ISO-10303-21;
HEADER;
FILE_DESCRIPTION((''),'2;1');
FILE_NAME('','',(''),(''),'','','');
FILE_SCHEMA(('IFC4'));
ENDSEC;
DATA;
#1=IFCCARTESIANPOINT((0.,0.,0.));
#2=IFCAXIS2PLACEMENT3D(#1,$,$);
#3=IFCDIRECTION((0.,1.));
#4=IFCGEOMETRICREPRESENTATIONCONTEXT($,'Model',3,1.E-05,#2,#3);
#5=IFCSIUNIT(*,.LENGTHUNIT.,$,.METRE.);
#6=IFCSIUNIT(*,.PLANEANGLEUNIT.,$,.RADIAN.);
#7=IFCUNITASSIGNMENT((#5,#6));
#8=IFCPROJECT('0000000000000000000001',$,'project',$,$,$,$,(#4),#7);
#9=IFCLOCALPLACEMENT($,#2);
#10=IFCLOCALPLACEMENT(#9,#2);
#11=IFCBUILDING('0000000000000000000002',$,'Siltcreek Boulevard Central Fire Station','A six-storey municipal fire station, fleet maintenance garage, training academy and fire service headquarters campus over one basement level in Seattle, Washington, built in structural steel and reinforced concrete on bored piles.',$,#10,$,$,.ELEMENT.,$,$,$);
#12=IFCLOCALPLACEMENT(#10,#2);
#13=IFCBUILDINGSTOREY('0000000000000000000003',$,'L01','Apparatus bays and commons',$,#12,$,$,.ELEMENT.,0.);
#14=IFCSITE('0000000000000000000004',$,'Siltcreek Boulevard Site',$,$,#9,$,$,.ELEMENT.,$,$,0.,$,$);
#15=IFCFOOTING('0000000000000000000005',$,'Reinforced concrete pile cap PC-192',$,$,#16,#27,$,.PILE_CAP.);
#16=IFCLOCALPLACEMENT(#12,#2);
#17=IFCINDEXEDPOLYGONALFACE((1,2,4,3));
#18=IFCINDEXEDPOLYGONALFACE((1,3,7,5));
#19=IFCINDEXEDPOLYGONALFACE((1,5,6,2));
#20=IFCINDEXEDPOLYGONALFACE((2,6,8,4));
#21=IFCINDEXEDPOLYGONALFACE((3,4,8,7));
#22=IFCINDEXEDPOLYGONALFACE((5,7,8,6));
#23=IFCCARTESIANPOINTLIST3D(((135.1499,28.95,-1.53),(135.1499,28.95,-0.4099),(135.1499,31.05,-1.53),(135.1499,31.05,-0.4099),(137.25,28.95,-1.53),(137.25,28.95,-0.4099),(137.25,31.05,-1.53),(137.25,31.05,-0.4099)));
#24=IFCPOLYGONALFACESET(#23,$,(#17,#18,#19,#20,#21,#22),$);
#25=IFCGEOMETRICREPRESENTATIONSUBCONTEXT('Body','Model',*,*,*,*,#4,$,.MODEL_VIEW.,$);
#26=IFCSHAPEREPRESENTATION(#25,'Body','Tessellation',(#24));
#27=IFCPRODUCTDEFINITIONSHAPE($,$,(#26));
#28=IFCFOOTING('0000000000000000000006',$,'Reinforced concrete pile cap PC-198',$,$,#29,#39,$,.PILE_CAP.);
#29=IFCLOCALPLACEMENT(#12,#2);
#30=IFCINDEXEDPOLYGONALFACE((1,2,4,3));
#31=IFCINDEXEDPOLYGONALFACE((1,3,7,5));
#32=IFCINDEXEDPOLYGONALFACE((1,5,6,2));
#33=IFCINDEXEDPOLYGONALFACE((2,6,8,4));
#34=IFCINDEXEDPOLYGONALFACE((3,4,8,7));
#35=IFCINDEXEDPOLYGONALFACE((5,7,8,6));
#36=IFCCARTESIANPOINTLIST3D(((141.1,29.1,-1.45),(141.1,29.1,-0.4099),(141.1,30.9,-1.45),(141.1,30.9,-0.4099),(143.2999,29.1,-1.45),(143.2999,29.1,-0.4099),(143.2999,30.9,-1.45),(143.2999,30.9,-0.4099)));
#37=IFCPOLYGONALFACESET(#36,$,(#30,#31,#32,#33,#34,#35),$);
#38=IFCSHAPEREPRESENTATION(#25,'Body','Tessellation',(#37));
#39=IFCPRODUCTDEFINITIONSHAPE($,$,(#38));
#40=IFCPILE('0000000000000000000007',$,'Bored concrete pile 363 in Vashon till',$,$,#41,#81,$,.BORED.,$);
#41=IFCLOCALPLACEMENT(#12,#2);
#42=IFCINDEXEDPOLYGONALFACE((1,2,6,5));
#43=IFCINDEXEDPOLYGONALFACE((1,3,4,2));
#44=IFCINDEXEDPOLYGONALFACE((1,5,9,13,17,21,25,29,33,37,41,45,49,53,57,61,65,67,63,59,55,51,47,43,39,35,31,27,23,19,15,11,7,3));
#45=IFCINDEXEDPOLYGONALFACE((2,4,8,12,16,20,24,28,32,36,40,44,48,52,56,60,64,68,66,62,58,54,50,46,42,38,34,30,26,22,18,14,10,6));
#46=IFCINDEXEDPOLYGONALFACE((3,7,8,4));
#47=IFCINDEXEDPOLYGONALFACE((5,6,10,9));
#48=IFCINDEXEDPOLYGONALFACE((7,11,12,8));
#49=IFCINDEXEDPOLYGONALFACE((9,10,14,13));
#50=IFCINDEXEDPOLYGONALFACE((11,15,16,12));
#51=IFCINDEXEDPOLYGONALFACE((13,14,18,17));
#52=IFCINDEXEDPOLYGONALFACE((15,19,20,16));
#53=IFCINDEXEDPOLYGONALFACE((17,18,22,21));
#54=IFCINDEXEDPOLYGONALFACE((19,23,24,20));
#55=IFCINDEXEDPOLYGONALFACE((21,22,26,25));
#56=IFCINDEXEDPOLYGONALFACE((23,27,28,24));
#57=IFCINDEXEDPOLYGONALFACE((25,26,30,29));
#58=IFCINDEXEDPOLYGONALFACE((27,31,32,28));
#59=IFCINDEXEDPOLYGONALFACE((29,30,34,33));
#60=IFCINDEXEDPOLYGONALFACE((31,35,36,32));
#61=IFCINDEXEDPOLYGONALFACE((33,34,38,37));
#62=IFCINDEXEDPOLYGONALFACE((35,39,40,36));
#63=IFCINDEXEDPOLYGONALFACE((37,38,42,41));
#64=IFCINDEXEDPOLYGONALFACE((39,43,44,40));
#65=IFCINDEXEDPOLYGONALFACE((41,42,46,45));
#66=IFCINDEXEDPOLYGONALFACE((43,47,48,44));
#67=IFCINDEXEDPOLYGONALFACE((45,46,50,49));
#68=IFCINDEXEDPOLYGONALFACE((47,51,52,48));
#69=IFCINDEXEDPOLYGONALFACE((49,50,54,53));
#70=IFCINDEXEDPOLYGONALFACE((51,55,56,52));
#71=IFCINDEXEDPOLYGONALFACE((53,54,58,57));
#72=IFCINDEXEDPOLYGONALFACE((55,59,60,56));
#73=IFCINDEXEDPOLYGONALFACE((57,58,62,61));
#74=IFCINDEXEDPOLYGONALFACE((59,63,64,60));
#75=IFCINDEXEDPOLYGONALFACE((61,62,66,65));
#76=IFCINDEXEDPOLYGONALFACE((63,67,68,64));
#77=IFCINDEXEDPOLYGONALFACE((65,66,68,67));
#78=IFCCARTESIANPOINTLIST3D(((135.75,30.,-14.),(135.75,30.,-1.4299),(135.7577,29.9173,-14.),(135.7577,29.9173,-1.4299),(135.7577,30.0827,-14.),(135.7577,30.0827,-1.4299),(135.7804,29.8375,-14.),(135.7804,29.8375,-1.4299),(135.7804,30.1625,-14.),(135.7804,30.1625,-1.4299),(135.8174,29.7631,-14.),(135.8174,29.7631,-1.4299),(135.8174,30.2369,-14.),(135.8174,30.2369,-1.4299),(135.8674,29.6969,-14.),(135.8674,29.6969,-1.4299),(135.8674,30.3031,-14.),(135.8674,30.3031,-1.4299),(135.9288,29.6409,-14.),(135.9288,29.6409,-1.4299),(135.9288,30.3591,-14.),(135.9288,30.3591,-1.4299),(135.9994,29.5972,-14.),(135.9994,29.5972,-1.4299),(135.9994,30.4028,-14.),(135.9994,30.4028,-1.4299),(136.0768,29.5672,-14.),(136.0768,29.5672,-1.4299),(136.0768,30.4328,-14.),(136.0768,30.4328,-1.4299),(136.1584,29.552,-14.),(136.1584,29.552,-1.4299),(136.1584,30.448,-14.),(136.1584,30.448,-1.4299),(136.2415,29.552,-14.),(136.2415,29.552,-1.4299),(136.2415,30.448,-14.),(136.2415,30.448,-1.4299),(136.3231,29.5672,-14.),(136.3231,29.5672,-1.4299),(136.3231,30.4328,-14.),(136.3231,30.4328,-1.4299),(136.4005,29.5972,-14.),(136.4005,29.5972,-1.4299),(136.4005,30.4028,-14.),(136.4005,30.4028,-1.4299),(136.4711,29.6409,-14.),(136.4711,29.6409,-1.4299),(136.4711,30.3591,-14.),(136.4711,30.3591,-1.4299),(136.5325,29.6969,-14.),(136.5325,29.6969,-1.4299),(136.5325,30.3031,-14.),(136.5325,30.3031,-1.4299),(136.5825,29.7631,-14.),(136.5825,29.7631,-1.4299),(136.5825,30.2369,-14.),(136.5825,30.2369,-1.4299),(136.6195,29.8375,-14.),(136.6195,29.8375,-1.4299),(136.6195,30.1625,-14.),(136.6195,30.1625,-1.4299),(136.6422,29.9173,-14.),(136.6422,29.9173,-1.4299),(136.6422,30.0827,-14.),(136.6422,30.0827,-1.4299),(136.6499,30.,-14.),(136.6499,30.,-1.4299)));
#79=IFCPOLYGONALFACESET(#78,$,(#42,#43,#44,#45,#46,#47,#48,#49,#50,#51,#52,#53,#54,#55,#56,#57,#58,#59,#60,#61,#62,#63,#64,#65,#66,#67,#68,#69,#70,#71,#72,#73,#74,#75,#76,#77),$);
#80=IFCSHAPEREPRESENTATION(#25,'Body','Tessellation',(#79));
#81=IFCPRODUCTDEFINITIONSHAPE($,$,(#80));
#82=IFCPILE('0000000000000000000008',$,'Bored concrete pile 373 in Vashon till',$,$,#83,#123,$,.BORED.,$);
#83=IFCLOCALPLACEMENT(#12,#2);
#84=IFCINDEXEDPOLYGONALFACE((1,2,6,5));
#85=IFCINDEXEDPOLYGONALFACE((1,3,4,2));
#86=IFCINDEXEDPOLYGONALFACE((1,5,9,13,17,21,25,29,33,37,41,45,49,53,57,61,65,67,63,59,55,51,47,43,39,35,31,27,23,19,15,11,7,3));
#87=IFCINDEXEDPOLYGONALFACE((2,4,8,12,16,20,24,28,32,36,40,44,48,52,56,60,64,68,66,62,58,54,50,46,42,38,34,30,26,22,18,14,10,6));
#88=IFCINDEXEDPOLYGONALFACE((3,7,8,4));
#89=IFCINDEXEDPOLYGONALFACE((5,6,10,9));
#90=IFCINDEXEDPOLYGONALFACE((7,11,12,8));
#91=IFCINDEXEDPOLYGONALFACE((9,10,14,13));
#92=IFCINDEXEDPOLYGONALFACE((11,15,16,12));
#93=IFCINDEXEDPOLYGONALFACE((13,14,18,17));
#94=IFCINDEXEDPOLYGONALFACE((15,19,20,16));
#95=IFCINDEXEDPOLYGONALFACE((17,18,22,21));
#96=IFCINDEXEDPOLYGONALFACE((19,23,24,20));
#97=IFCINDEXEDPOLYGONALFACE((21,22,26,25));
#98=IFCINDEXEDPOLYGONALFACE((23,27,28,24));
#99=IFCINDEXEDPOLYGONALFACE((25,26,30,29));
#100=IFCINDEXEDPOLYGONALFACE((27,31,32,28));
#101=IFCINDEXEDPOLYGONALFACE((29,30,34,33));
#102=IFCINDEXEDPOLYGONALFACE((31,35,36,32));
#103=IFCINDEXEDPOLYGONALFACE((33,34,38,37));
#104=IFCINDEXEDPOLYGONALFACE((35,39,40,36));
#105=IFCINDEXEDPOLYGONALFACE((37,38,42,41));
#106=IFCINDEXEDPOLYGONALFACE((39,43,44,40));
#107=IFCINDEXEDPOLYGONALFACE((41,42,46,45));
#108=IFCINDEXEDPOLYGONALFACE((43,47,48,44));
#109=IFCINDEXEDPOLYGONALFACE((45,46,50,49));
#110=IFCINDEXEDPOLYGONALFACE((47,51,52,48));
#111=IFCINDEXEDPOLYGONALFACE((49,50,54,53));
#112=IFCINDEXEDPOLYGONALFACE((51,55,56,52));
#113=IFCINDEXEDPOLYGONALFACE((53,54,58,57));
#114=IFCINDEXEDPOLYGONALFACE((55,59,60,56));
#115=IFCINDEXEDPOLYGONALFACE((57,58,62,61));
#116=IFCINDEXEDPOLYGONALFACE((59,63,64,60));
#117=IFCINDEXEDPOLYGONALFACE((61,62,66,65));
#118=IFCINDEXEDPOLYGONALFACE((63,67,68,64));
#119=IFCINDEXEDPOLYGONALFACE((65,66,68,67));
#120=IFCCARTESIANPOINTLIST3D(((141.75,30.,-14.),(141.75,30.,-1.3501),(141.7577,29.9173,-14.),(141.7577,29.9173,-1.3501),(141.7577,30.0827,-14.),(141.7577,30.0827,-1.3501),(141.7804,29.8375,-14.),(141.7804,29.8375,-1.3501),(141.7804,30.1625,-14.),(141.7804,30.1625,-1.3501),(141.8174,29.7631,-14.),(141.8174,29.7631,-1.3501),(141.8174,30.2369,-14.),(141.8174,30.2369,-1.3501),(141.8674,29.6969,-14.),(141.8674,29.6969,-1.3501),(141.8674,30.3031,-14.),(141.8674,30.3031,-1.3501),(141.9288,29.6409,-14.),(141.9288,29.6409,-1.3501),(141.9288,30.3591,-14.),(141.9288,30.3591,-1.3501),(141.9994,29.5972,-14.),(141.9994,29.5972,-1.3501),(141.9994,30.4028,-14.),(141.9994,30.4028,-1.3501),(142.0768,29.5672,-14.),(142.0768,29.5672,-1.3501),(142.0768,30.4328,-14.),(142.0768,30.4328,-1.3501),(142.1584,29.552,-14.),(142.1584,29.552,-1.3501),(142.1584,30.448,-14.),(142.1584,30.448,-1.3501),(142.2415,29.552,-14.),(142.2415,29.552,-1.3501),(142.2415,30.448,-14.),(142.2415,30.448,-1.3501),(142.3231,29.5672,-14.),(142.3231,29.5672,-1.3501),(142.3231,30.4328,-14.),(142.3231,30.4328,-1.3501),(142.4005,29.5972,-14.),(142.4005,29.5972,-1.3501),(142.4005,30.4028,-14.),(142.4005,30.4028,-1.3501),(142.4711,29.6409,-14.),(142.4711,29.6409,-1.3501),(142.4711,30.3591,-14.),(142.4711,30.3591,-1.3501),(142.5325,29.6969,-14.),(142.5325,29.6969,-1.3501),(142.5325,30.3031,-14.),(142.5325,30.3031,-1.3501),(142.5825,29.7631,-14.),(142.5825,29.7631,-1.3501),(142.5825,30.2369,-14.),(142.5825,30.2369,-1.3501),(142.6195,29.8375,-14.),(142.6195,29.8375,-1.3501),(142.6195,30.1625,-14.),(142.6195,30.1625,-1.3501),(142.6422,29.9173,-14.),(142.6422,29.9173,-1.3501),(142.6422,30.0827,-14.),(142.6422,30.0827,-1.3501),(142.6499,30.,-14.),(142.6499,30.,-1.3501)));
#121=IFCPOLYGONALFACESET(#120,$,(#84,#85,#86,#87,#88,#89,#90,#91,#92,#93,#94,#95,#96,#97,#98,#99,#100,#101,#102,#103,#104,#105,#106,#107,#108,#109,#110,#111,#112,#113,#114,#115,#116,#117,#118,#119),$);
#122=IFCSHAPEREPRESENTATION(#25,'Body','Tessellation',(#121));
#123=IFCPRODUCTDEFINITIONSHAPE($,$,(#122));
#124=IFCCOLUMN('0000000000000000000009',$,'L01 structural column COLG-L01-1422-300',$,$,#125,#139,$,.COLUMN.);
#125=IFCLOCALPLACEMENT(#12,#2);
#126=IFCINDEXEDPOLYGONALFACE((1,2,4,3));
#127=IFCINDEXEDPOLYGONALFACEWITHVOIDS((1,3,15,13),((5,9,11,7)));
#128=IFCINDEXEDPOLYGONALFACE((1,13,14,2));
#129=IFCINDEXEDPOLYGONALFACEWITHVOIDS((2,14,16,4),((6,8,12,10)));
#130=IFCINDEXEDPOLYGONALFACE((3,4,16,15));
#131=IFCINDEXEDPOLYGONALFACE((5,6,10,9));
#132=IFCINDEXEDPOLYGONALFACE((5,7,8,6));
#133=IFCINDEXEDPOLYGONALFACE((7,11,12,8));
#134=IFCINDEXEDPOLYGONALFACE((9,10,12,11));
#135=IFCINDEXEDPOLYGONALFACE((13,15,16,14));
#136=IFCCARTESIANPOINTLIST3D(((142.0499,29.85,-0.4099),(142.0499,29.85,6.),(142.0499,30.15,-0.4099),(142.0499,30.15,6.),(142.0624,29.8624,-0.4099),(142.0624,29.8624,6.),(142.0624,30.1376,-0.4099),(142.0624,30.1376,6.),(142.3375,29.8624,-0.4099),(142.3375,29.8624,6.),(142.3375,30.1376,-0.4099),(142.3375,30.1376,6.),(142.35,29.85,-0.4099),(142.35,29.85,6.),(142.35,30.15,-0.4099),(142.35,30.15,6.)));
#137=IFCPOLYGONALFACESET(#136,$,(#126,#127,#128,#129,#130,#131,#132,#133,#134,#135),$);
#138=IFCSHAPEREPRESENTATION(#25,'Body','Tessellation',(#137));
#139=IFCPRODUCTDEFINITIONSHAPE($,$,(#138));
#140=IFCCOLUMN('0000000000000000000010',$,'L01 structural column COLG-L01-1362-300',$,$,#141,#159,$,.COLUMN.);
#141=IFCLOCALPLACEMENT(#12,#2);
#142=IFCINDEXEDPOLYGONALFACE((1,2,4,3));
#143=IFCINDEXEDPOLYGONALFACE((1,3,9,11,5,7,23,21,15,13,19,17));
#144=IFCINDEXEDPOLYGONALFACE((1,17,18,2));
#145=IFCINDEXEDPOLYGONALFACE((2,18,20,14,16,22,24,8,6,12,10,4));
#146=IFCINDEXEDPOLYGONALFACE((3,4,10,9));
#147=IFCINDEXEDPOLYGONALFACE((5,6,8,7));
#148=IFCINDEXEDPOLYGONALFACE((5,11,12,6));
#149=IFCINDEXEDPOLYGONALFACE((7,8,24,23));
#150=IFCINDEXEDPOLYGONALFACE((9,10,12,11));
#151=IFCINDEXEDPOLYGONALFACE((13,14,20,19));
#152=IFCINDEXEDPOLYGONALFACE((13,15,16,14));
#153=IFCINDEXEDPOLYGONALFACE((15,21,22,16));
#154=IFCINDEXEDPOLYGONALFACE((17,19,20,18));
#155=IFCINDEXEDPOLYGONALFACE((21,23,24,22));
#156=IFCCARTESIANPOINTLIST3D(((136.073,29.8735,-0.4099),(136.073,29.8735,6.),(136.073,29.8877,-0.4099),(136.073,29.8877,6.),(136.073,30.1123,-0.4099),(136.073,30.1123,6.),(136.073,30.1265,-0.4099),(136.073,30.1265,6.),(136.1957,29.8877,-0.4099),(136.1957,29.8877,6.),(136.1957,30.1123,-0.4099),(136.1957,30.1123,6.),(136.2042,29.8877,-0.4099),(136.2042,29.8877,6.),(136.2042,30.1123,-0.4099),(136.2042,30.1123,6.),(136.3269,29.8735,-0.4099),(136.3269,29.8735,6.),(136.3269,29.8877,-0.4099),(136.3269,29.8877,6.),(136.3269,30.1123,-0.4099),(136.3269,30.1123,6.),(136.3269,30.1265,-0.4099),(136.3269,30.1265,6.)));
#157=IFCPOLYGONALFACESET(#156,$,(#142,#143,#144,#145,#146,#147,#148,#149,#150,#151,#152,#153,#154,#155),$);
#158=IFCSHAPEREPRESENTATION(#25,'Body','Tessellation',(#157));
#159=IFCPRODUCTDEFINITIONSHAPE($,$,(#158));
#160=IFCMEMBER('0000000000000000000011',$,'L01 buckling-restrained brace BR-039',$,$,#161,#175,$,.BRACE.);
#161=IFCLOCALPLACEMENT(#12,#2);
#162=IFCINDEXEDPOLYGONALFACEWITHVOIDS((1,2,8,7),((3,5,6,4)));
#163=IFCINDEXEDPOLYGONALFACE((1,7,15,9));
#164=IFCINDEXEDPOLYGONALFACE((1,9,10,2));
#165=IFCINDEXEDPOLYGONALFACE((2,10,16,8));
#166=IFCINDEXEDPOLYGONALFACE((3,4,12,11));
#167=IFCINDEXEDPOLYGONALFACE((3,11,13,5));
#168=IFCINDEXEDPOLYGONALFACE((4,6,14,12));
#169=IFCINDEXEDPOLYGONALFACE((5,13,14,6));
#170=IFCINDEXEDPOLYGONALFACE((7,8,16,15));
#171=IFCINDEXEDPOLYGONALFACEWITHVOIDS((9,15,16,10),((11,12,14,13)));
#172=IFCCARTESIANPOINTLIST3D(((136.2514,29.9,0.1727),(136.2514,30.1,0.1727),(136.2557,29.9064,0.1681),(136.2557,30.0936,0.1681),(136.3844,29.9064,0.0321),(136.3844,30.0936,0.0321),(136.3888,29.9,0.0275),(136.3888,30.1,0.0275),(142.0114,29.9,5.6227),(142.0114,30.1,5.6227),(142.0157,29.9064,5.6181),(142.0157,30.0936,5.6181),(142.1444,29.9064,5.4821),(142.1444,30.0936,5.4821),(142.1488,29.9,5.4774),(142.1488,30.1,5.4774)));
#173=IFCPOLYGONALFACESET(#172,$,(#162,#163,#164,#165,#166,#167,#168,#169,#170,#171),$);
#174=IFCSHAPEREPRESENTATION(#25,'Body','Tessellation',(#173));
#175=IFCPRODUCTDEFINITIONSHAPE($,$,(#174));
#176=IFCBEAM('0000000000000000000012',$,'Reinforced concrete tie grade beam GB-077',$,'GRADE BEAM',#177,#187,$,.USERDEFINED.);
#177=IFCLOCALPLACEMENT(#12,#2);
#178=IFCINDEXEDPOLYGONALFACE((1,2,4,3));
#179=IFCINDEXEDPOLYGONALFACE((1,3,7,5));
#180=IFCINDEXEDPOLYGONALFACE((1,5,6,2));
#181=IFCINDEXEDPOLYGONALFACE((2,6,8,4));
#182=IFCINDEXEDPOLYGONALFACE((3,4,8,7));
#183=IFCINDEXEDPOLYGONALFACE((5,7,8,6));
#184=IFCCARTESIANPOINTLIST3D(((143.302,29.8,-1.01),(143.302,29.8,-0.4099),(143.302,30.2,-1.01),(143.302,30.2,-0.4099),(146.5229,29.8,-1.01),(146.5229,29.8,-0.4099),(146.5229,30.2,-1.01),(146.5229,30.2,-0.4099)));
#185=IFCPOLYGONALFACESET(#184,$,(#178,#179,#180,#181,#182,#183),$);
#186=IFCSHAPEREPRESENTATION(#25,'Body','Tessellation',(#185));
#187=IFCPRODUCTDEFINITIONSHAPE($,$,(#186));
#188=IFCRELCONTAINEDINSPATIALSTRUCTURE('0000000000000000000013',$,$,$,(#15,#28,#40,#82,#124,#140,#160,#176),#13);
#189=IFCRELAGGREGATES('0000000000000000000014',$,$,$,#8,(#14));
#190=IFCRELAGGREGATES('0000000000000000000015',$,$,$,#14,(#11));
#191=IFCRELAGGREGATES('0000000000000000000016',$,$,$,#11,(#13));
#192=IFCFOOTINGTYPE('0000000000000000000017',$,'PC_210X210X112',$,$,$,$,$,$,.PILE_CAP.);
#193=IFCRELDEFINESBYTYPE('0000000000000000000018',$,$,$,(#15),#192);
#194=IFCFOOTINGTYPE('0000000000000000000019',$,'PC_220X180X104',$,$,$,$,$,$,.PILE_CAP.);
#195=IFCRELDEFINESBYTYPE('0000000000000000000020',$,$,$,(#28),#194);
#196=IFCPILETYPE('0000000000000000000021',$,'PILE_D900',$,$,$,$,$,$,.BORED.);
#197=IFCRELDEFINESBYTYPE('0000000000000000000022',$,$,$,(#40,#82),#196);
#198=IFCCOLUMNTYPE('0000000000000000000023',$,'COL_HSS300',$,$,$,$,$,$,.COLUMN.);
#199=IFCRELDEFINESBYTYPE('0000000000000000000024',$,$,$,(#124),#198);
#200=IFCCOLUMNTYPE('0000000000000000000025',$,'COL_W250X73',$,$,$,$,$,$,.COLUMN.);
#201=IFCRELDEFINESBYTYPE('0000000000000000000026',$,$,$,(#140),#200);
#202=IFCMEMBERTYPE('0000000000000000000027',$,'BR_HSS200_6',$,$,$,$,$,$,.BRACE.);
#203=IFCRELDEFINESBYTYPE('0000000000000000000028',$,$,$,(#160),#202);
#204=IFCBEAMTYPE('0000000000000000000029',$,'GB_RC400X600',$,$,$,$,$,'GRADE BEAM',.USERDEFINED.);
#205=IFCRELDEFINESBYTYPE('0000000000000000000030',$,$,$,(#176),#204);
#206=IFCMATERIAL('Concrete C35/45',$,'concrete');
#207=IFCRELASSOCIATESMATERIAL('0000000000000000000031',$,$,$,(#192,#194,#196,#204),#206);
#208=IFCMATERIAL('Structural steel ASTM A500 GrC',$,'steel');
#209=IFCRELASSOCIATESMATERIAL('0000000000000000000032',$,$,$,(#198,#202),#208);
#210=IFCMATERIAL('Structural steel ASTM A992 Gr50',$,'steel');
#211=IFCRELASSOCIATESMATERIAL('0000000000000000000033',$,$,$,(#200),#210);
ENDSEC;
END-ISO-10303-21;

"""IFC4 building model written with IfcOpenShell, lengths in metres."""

from ifc_helpers import new_model, si_unit, direction, frame, origin, origin_2d, place, context, subcontext, project, spatial, rectangle, hollow_rectangle, circle, i_section, extrude, material, material_profile, profile_set, type_object, element, save


model = new_model("IFC4")

# Units and contexts
model_context = context("Model", 3, precision=1e-05, world=origin(), true_north=direction((0.0, 1.0)))
body_context = subcontext(model_context, "Body", "Model", "MODEL_VIEW")
ifc_project = project(units=[si_unit("LENGTHUNIT", "METRE"), si_unit("PLANEANGLEUNIT", "RADIAN")], contexts=[model_context])

# Site, building, storey
site_placement = place(None, origin())
site = spatial("IfcSite", under=ifc_project, at=site_placement, Name="Siltcreek Boulevard Site", CompositionType="ELEMENT", RefElevation=0.0)
building_placement = place(site_placement, origin())
building = spatial("IfcBuilding", under=site, at=building_placement, Name="Siltcreek Boulevard Central Fire Station", Description="A six-storey municipal fire station, fleet maintenance garage, training academy and fire service headquarters campus over one basement level in Seattle, Washington, built in structural steel and reinforced concrete on bored piles.", CompositionType="ELEMENT")
storey_placement = place(building_placement, origin())
storey = spatial("IfcBuildingStorey", under=building, at=storey_placement, Name="L01", Description="Apparatus bays and commons", CompositionType="ELEMENT", Elevation=0.0)

# Footings
ifc_material_1 = material(Name="Concrete C35/45", Category="concrete")
footing_type_1 = type_object("IfcFootingType", Name="PC_210X210X112", PredefinedType="PILE_CAP", material=ifc_material_1)
footing_1_placement = place(storey_placement, frame((136.2, 30.0, -1.53), z_axis=(0.0, 0.0, 1.0), x_axis=(1.0, 0.0, 0.0)))
element("IfcFooting", 1, at=footing_1_placement, inside=storey, type_object=footing_type_1, Name="Reinforced concrete pile cap PC-192", PredefinedType="PILE_CAP", context=body_context, shape_type="SweptSolid", body=[
    extrude(rectangle(XDim=2.1001, YDim=2.1001, at=origin_2d()), origin(), (0.0, 0.0, 1.0), 1.1201),
])
footing_type_2 = type_object("IfcFootingType", Name="PC_220X180X104", PredefinedType="PILE_CAP", material=ifc_material_1)
footing_2_placement = place(storey_placement, frame((142.2, 30.0, -1.45), z_axis=(0.0, 0.0, 1.0), x_axis=(1.0, 0.0, 0.0)))
element("IfcFooting", 2, at=footing_2_placement, inside=storey, type_object=footing_type_2, Name="Reinforced concrete pile cap PC-198", PredefinedType="PILE_CAP", context=body_context, shape_type="SweptSolid", body=[
    extrude(rectangle(XDim=2.2, YDim=1.8, at=origin_2d()), origin(), (0.0, 0.0, 1.0), 1.04),
])

# Piles
ifc_material_profile_1 = material_profile(ifc_material_1, circle(Radius=0.45, at=origin_2d()), Name="SHAFT900")
ifc_profile_set_1 = profile_set([ifc_material_profile_1], Name="Concrete C35/45")
pile_type = type_object("IfcPileType", Name="PILE_D900", PredefinedType="BORED", material=ifc_profile_set_1)
pile_1_placement = place(storey_placement, frame((136.2, 30.0, -1.4299), z_axis=(0.0, 0.0, -1.0), x_axis=(1.0, 0.0, 0.0)))
element("IfcPile", 3, at=pile_1_placement, inside=storey, type_object=pile_type, Name="Bored concrete pile 363 in Vashon till", PredefinedType="BORED", context=body_context, shape_type="SweptSolid", body=[
    extrude(circle(Radius=0.45, at=origin_2d()), origin(), (0.0, 0.0, 1.0), 12.5701),
])
pile_2_placement = place(storey_placement, frame((142.2, 30.0, -1.3501), z_axis=(0.0, 0.0, -1.0), x_axis=(1.0, 0.0, 0.0)))
element("IfcPile", 4, at=pile_2_placement, inside=storey, type_object=pile_type, Name="Bored concrete pile 373 in Vashon till", PredefinedType="BORED", context=body_context, shape_type="SweptSolid", body=[
    extrude(circle(Radius=0.45, at=origin_2d()), origin(), (0.0, 0.0, 1.0), 12.6499),
])

# Columns
ifc_material_2 = material(Name="Structural steel ASTM A500 GrC", Category="steel")
ifc_material_profile_2 = material_profile(ifc_material_2, hollow_rectangle(XDim=0.3, YDim=0.3, WallThickness=0.0125, at=origin_2d()), Name="HSS300X300X12.5")
ifc_profile_set_2 = profile_set([ifc_material_profile_2], Name="Structural steel ASTM A500 GrC")
column_type_1 = type_object("IfcColumnType", Name="COL_HSS300", PredefinedType="COLUMN", material=ifc_profile_set_2)
column_1_placement = place(storey_placement, frame((142.2, 30.0, -0.4099), z_axis=(0.0, 0.0, 1.0), x_axis=(1.0, 0.0, 0.0)))
element("IfcColumn", 5, at=column_1_placement, inside=storey, type_object=column_type_1, Name="L01 structural column COLG-L01-1422-300", PredefinedType="COLUMN", context=body_context, shape_type="SweptSolid", body=[
    extrude(hollow_rectangle(XDim=0.3, YDim=0.3, WallThickness=0.0125, at=origin_2d()), origin(), (0.0, 0.0, 1.0), 6.4099),
])
ifc_material_3 = material(Name="Structural steel ASTM A992 Gr50", Category="steel")
ifc_material_profile_3 = material_profile(ifc_material_3, i_section(OverallWidth=0.2539, OverallDepth=0.2529, WebThickness=0.0085, FlangeThickness=0.0142, at=origin_2d()), Name="W250X73")
ifc_profile_set_3 = profile_set([ifc_material_profile_3], Name="Structural steel ASTM A992 Gr50")
column_type_2 = type_object("IfcColumnType", Name="COL_W250X73", PredefinedType="COLUMN", material=ifc_profile_set_3)
column_2_placement = place(storey_placement, frame((136.2, 30.0, -0.4099), z_axis=(0.0, 0.0, 1.0), x_axis=(1.0, 0.0, 0.0)))
element("IfcColumn", 6, at=column_2_placement, inside=storey, type_object=column_type_2, Name="L01 structural column COLG-L01-1362-300", PredefinedType="COLUMN", context=body_context, shape_type="SweptSolid", body=[
    extrude(i_section(OverallWidth=0.2539, OverallDepth=0.2529, WebThickness=0.0085, FlangeThickness=0.0142, at=origin_2d()), origin(), (0.0, 0.0, 1.0), 6.4099),
])

# Member
ifc_material_profile_4 = material_profile(ifc_material_2, hollow_rectangle(XDim=0.2, YDim=0.2, WallThickness=0.0063, at=origin_2d()), Name="HSS200X200X6.4")
ifc_profile_set_4 = profile_set([ifc_material_profile_4], Name="Structural steel ASTM A500 GrC")
member_type = type_object("IfcMemberType", Name="BR_HSS200_6", PredefinedType="BRACE", material=ifc_profile_set_4)
member_placement = place(storey_placement, frame((136.3201, 30.0, 0.1001), z_axis=(0.726387, 0.0, 0.687286), x_axis=(0.0, 1.0, 0.0)))
element("IfcMember", 7, at=member_placement, inside=storey, type_object=member_type, Name="L01 buckling-restrained brace BR-039", PredefinedType="BRACE", context=body_context, shape_type="SweptSolid", body=[
    extrude(hollow_rectangle(XDim=0.2, YDim=0.2, WallThickness=0.0063, at=origin_2d()), origin(), (0.0, 0.0, 1.0), 7.9297),
])

# Beam
ifc_material_profile_5 = material_profile(ifc_material_1, rectangle(XDim=0.3999, YDim=0.6001, at=origin_2d()), Name="RC400X600")
ifc_profile_set_5 = profile_set([ifc_material_profile_5], Name="Concrete C35/45")
beam_type_1 = type_object("IfcBeamType", Name="GB_RC400X600", ElementType="GRADE BEAM", PredefinedType="USERDEFINED", material=ifc_profile_set_5)
beam_1_placement = place(storey_placement, frame((143.302, 30.0, -0.71), z_axis=(1.0, 0.0, 0.0), x_axis=(0.0, 1.0, 0.0)))
element("IfcBeam", 8, at=beam_1_placement, inside=storey, type_object=beam_type_1, Name="Reinforced concrete tie grade beam GB-077", ObjectType="GRADE BEAM", PredefinedType="USERDEFINED", context=body_context, shape_type="SweptSolid", body=[
    extrude(rectangle(XDim=0.3999, YDim=0.6001, at=origin_2d()), origin(), (0.0, 0.0, 1.0), 3.2209),
])

save(model, "model.ifc")
